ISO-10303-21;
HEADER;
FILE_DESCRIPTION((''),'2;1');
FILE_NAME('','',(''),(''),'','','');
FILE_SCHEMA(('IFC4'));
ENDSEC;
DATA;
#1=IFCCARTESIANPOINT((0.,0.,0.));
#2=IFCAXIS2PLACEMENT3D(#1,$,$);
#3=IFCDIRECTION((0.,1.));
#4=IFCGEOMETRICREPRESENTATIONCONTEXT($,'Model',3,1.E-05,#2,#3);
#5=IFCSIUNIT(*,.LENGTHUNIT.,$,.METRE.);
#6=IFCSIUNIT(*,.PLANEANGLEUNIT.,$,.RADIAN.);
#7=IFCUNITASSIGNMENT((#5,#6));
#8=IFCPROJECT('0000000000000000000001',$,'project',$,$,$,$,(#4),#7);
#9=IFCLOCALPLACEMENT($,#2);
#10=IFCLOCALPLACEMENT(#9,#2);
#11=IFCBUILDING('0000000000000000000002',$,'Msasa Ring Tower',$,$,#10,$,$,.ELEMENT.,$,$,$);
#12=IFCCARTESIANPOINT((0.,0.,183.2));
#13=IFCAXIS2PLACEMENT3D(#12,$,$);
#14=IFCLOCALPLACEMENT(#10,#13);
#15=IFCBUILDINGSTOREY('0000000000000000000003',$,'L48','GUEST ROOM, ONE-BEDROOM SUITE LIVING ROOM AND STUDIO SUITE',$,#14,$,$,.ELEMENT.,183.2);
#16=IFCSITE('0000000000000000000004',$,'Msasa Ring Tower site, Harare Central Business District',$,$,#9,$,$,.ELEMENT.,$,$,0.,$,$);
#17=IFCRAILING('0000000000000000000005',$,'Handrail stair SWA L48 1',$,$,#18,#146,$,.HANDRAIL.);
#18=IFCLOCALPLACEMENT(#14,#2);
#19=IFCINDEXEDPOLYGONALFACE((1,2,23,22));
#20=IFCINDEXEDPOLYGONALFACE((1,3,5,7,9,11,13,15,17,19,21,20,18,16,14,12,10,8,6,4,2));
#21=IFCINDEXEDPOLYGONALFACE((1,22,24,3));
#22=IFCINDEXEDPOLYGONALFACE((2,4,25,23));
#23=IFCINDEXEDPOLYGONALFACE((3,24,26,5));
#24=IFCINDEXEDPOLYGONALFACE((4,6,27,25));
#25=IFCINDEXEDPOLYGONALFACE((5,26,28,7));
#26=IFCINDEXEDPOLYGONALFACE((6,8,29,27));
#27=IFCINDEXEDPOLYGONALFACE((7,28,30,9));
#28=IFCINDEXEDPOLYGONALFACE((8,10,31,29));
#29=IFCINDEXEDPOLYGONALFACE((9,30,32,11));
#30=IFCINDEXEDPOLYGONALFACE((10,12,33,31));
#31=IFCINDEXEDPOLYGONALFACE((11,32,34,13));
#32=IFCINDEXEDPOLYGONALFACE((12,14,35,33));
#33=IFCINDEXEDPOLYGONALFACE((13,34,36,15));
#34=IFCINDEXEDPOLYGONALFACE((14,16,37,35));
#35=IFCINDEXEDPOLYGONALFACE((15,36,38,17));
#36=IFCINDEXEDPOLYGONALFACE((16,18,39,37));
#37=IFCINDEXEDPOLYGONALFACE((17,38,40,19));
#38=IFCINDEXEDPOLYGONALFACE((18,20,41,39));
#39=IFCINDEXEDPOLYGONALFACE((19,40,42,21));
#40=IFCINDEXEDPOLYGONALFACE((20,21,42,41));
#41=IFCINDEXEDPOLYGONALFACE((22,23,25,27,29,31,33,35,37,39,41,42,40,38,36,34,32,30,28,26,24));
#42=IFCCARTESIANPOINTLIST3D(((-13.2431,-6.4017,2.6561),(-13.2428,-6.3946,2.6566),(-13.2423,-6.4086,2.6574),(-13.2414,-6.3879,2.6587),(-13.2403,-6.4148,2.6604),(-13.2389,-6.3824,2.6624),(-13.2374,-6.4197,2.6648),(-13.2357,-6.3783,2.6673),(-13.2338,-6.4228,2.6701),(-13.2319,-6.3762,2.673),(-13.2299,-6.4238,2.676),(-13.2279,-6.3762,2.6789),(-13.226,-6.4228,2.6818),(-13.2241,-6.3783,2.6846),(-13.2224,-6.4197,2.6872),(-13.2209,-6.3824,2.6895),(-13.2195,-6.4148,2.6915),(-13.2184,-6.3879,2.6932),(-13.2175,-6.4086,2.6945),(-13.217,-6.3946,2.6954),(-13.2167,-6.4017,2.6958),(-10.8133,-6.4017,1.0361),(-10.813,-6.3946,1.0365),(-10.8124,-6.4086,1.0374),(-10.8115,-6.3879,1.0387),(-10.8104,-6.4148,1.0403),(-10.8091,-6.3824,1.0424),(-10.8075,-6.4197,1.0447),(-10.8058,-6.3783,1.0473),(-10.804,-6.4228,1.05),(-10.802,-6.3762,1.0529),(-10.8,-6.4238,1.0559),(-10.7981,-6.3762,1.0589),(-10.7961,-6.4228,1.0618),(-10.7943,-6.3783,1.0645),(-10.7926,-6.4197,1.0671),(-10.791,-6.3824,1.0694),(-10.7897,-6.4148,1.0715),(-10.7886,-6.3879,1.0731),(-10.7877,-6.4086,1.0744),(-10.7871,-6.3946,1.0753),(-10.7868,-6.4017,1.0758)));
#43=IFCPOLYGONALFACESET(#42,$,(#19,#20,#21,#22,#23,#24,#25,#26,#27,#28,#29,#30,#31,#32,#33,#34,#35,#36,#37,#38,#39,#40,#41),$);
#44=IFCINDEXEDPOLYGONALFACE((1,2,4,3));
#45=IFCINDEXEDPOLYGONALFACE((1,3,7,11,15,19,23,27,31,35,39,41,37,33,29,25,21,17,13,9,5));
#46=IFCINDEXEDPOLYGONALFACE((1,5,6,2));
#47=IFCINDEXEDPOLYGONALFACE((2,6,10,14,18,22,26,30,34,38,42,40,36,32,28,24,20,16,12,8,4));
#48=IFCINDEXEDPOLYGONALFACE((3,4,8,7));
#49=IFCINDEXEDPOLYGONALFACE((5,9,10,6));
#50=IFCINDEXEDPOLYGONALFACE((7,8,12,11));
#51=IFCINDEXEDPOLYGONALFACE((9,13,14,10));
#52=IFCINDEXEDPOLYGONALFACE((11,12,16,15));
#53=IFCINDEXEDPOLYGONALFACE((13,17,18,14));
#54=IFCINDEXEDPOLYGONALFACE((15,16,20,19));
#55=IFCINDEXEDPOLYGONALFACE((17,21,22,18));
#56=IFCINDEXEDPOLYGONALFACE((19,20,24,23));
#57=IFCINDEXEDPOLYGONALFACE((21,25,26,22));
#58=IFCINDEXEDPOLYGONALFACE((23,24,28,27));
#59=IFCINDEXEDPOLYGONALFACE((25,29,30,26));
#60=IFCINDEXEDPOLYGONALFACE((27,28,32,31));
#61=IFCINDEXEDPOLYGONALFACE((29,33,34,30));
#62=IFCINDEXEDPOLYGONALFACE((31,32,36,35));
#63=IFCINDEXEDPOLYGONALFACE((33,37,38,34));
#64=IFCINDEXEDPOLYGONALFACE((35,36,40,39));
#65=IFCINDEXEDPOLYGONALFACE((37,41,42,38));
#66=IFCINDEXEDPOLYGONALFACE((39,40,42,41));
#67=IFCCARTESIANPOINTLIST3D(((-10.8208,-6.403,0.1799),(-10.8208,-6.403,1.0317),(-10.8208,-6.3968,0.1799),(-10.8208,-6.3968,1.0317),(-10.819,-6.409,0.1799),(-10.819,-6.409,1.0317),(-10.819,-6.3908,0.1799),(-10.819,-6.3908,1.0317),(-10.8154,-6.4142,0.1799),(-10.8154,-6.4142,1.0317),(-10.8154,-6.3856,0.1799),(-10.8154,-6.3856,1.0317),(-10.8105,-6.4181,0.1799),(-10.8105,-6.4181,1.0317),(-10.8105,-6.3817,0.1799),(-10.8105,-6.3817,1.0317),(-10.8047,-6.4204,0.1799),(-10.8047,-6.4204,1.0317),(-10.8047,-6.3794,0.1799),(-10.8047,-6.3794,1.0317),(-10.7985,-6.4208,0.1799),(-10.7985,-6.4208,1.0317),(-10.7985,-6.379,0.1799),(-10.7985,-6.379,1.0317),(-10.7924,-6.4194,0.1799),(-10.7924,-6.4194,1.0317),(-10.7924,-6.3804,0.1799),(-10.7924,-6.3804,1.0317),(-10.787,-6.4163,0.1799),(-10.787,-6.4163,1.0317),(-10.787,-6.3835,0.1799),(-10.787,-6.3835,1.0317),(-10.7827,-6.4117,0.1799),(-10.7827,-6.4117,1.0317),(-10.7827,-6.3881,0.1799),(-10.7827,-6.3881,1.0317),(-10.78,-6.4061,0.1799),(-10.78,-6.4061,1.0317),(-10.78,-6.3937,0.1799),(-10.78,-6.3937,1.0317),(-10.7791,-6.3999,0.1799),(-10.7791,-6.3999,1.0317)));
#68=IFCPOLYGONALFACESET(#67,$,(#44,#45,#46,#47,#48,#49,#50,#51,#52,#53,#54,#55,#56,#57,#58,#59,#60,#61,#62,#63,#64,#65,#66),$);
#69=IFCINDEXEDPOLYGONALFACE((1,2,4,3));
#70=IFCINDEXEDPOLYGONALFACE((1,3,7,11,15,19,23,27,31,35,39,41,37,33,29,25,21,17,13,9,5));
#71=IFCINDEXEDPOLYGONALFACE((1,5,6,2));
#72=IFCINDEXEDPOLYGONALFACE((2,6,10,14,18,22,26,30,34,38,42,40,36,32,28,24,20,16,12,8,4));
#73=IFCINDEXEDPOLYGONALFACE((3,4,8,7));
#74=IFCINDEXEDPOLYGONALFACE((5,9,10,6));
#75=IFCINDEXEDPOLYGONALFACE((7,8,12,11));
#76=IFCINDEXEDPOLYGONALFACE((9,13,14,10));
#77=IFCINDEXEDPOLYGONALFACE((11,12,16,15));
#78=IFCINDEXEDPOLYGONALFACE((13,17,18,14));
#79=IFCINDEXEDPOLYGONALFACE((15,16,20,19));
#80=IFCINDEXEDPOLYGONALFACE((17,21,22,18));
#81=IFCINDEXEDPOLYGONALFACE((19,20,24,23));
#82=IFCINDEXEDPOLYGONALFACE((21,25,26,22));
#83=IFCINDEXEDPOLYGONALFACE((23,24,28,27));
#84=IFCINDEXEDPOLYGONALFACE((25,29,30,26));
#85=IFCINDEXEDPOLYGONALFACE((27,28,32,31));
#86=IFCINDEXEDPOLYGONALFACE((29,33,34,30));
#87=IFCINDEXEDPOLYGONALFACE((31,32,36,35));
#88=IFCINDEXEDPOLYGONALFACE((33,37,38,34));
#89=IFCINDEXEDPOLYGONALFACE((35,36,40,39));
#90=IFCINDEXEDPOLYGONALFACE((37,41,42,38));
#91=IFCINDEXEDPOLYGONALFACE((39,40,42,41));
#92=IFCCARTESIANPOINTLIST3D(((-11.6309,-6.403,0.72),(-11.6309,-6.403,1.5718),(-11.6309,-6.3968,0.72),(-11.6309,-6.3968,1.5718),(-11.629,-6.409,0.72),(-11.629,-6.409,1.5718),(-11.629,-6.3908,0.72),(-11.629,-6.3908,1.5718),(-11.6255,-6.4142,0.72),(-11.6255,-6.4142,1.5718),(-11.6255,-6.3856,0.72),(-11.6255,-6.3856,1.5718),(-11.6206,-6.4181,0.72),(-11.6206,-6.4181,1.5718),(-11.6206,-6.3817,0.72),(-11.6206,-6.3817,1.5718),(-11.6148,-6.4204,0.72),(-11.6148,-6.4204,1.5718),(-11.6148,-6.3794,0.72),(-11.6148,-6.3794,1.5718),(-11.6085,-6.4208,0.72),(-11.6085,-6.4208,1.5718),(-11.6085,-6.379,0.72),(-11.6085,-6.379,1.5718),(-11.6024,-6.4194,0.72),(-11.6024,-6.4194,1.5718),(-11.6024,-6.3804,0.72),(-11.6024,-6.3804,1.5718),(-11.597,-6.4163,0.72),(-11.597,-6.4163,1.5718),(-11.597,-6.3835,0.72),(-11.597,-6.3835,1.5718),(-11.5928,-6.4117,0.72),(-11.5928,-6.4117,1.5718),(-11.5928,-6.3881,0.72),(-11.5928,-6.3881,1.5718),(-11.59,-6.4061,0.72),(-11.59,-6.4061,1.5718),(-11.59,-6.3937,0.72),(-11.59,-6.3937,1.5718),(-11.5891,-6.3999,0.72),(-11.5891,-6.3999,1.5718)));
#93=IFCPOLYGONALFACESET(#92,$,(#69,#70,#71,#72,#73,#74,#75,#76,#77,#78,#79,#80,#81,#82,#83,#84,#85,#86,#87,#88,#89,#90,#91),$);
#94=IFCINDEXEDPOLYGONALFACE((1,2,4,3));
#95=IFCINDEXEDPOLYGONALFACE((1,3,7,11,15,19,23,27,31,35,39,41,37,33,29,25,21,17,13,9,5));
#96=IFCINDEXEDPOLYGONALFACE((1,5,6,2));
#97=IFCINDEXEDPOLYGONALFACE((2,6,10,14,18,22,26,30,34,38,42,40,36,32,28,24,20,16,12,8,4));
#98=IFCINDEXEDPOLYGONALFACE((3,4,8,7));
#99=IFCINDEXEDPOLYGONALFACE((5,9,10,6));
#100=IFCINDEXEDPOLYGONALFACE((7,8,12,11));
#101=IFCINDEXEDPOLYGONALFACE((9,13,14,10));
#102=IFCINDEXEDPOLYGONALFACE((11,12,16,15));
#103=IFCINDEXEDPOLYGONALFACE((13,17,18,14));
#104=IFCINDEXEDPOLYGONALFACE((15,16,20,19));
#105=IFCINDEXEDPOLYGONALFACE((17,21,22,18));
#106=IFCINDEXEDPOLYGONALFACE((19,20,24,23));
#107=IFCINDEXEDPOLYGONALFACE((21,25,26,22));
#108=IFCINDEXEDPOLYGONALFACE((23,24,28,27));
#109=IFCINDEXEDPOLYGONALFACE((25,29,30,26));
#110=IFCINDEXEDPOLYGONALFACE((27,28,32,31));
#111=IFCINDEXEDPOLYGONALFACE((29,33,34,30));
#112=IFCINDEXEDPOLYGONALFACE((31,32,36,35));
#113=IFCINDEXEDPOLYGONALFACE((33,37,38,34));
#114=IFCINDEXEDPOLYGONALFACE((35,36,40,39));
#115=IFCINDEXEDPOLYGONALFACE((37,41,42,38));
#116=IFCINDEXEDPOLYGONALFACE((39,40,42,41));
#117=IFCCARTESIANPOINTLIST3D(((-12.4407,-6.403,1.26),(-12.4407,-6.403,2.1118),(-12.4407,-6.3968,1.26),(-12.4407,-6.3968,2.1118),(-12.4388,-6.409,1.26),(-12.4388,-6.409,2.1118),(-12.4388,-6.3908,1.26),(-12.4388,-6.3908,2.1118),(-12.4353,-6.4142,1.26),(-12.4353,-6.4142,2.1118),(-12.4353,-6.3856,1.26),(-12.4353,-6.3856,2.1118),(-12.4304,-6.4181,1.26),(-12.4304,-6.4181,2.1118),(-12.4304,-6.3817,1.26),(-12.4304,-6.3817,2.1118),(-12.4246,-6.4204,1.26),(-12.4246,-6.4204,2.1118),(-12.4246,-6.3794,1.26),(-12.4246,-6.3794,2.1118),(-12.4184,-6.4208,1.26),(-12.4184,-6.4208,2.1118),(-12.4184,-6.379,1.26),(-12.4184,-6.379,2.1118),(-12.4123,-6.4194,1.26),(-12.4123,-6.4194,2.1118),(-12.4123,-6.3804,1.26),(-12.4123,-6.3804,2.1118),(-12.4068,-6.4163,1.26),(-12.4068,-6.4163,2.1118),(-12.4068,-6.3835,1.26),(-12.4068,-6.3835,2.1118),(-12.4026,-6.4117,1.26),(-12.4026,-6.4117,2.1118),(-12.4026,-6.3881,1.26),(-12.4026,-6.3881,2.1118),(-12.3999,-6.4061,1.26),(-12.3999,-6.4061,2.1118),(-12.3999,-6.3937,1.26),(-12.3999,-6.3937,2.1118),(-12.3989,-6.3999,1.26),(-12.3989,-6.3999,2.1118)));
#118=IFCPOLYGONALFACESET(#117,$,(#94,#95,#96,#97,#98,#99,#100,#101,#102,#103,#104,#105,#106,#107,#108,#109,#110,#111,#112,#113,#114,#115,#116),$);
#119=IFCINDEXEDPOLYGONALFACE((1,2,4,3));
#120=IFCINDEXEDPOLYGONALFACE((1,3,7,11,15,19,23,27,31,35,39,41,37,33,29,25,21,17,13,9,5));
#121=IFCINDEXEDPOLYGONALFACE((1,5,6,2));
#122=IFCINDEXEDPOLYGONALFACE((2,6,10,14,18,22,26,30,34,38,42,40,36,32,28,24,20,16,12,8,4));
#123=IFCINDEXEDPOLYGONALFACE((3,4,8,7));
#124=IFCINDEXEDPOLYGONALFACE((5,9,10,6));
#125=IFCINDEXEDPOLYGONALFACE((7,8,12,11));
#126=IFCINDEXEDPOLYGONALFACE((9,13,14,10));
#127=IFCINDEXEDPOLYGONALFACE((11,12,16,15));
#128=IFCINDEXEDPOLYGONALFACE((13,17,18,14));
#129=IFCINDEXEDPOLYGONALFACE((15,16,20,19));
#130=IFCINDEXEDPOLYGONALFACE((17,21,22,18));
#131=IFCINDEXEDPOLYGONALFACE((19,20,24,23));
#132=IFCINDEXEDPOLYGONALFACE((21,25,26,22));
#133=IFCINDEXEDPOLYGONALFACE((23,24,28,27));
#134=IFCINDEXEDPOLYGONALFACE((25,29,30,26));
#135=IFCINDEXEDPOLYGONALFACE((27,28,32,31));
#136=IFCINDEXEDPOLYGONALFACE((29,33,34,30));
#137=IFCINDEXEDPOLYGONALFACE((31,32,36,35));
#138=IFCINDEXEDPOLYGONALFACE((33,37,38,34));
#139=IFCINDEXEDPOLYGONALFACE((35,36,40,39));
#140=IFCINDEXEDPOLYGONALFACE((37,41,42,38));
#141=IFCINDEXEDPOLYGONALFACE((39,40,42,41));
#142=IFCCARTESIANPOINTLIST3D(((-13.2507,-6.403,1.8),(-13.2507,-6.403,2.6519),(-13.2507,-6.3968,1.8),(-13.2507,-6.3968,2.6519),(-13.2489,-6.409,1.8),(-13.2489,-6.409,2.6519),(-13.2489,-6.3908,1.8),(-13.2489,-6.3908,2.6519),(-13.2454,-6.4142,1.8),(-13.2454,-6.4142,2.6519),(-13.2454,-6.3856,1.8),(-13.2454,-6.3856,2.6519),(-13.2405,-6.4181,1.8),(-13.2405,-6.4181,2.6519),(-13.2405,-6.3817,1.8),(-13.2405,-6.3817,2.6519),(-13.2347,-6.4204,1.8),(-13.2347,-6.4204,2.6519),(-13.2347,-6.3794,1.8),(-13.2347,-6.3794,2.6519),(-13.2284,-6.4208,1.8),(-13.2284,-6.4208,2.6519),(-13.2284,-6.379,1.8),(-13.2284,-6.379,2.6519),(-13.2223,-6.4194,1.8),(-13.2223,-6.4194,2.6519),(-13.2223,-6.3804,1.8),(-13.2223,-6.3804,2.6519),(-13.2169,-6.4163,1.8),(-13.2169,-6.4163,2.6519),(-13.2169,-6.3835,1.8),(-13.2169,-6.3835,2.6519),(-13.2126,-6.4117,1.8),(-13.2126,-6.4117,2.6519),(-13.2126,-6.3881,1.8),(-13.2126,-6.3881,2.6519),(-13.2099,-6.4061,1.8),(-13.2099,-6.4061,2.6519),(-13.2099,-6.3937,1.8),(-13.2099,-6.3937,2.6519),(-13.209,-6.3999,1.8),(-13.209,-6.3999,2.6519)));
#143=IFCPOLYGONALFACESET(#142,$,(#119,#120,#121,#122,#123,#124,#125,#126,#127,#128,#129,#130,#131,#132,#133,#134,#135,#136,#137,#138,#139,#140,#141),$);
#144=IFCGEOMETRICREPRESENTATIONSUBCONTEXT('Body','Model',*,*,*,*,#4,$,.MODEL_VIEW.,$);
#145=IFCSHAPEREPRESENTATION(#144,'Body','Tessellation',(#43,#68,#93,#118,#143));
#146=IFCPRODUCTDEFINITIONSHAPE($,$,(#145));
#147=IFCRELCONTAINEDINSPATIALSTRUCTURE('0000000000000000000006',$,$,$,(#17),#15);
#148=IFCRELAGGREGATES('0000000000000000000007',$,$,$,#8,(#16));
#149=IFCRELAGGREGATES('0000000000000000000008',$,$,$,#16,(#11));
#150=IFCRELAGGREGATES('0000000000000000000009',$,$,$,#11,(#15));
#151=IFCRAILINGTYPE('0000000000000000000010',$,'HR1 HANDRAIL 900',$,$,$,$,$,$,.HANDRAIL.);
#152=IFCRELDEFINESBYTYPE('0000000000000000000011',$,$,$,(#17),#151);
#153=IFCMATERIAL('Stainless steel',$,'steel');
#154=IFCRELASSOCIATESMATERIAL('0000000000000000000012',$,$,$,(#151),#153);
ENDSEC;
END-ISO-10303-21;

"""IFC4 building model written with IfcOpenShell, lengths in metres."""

from ifc_helpers import new_model, si_unit, direction, frame, origin, origin_2d, place, context, subcontext, project, spatial, circle, extrude, material, type_object, element, save


model = new_model("IFC4")

# Units and contexts
model_context = context("Model", 3, precision=1e-05, world=origin(), true_north=direction((0.0, 1.0)))
body_context = subcontext(model_context, "Body", "Model", "MODEL_VIEW")
ifc_project = project(units=[si_unit("LENGTHUNIT", "METRE"), si_unit("PLANEANGLEUNIT", "RADIAN")], contexts=[model_context])

# Site, building, storey
site_placement = place(None, origin())
site = spatial("IfcSite", under=ifc_project, at=site_placement, Name="Msasa Ring Tower site, Harare Central Business District", CompositionType="ELEMENT", RefElevation=0.0)
building_placement = place(site_placement, origin())
building = spatial("IfcBuilding", under=site, at=building_placement, Name="Msasa Ring Tower", CompositionType="ELEMENT")
storey_placement = place(building_placement, frame((0.0, 0.0, 183.2)))
storey = spatial("IfcBuildingStorey", under=building, at=storey_placement, Name="L48", Description="GUEST ROOM, ONE-BEDROOM SUITE LIVING ROOM AND STUDIO SUITE", CompositionType="ELEMENT", Elevation=183.2)

# Railing
ifc_material_1 = material(Name="Stainless steel", Category="steel")
railing_type = type_object("IfcRailingType", Name="HR1 HANDRAIL 900", PredefinedType="HANDRAIL", material=ifc_material_1)
for number, where, name in (
    (1, (-10.8, -6.3999, 0.1799), "Handrail stair SWA L48 1"),
):
    element("IfcRailing", number, at=place(storey_placement, frame(where)), inside=storey, type_object=railing_type, Name=name, PredefinedType="HANDRAIL", context=body_context, shape_type="SweptSolid", body=[
        extrude(circle(Radius=0.0239, at=origin_2d()), frame((0.0, 0.0, 0.876), z_axis=(-0.832025, 0.0, 0.554739), x_axis=(0.0, -1.0, 0.0)), (0.0, 0.0, 1.0), 2.9204),
        extrude(circle(Radius=0.021, at=origin_2d()), origin(), (0.0, 0.0, 1.0), 0.8518),
        extrude(circle(Radius=0.021, at=origin_2d()), frame((-0.8101, 0.0, 0.54)), (0.0, 0.0, 1.0), 0.8518),
        extrude(circle(Radius=0.021, at=origin_2d()), frame((-1.6199, 0.0, 1.0801)), (0.0, 0.0, 1.0), 0.8518),
        extrude(circle(Radius=0.021, at=origin_2d()), frame((-2.4299, 0.0, 1.6201)), (0.0, 0.0, 1.0), 0.8518),
    ])

save(model, "model.ifc")
